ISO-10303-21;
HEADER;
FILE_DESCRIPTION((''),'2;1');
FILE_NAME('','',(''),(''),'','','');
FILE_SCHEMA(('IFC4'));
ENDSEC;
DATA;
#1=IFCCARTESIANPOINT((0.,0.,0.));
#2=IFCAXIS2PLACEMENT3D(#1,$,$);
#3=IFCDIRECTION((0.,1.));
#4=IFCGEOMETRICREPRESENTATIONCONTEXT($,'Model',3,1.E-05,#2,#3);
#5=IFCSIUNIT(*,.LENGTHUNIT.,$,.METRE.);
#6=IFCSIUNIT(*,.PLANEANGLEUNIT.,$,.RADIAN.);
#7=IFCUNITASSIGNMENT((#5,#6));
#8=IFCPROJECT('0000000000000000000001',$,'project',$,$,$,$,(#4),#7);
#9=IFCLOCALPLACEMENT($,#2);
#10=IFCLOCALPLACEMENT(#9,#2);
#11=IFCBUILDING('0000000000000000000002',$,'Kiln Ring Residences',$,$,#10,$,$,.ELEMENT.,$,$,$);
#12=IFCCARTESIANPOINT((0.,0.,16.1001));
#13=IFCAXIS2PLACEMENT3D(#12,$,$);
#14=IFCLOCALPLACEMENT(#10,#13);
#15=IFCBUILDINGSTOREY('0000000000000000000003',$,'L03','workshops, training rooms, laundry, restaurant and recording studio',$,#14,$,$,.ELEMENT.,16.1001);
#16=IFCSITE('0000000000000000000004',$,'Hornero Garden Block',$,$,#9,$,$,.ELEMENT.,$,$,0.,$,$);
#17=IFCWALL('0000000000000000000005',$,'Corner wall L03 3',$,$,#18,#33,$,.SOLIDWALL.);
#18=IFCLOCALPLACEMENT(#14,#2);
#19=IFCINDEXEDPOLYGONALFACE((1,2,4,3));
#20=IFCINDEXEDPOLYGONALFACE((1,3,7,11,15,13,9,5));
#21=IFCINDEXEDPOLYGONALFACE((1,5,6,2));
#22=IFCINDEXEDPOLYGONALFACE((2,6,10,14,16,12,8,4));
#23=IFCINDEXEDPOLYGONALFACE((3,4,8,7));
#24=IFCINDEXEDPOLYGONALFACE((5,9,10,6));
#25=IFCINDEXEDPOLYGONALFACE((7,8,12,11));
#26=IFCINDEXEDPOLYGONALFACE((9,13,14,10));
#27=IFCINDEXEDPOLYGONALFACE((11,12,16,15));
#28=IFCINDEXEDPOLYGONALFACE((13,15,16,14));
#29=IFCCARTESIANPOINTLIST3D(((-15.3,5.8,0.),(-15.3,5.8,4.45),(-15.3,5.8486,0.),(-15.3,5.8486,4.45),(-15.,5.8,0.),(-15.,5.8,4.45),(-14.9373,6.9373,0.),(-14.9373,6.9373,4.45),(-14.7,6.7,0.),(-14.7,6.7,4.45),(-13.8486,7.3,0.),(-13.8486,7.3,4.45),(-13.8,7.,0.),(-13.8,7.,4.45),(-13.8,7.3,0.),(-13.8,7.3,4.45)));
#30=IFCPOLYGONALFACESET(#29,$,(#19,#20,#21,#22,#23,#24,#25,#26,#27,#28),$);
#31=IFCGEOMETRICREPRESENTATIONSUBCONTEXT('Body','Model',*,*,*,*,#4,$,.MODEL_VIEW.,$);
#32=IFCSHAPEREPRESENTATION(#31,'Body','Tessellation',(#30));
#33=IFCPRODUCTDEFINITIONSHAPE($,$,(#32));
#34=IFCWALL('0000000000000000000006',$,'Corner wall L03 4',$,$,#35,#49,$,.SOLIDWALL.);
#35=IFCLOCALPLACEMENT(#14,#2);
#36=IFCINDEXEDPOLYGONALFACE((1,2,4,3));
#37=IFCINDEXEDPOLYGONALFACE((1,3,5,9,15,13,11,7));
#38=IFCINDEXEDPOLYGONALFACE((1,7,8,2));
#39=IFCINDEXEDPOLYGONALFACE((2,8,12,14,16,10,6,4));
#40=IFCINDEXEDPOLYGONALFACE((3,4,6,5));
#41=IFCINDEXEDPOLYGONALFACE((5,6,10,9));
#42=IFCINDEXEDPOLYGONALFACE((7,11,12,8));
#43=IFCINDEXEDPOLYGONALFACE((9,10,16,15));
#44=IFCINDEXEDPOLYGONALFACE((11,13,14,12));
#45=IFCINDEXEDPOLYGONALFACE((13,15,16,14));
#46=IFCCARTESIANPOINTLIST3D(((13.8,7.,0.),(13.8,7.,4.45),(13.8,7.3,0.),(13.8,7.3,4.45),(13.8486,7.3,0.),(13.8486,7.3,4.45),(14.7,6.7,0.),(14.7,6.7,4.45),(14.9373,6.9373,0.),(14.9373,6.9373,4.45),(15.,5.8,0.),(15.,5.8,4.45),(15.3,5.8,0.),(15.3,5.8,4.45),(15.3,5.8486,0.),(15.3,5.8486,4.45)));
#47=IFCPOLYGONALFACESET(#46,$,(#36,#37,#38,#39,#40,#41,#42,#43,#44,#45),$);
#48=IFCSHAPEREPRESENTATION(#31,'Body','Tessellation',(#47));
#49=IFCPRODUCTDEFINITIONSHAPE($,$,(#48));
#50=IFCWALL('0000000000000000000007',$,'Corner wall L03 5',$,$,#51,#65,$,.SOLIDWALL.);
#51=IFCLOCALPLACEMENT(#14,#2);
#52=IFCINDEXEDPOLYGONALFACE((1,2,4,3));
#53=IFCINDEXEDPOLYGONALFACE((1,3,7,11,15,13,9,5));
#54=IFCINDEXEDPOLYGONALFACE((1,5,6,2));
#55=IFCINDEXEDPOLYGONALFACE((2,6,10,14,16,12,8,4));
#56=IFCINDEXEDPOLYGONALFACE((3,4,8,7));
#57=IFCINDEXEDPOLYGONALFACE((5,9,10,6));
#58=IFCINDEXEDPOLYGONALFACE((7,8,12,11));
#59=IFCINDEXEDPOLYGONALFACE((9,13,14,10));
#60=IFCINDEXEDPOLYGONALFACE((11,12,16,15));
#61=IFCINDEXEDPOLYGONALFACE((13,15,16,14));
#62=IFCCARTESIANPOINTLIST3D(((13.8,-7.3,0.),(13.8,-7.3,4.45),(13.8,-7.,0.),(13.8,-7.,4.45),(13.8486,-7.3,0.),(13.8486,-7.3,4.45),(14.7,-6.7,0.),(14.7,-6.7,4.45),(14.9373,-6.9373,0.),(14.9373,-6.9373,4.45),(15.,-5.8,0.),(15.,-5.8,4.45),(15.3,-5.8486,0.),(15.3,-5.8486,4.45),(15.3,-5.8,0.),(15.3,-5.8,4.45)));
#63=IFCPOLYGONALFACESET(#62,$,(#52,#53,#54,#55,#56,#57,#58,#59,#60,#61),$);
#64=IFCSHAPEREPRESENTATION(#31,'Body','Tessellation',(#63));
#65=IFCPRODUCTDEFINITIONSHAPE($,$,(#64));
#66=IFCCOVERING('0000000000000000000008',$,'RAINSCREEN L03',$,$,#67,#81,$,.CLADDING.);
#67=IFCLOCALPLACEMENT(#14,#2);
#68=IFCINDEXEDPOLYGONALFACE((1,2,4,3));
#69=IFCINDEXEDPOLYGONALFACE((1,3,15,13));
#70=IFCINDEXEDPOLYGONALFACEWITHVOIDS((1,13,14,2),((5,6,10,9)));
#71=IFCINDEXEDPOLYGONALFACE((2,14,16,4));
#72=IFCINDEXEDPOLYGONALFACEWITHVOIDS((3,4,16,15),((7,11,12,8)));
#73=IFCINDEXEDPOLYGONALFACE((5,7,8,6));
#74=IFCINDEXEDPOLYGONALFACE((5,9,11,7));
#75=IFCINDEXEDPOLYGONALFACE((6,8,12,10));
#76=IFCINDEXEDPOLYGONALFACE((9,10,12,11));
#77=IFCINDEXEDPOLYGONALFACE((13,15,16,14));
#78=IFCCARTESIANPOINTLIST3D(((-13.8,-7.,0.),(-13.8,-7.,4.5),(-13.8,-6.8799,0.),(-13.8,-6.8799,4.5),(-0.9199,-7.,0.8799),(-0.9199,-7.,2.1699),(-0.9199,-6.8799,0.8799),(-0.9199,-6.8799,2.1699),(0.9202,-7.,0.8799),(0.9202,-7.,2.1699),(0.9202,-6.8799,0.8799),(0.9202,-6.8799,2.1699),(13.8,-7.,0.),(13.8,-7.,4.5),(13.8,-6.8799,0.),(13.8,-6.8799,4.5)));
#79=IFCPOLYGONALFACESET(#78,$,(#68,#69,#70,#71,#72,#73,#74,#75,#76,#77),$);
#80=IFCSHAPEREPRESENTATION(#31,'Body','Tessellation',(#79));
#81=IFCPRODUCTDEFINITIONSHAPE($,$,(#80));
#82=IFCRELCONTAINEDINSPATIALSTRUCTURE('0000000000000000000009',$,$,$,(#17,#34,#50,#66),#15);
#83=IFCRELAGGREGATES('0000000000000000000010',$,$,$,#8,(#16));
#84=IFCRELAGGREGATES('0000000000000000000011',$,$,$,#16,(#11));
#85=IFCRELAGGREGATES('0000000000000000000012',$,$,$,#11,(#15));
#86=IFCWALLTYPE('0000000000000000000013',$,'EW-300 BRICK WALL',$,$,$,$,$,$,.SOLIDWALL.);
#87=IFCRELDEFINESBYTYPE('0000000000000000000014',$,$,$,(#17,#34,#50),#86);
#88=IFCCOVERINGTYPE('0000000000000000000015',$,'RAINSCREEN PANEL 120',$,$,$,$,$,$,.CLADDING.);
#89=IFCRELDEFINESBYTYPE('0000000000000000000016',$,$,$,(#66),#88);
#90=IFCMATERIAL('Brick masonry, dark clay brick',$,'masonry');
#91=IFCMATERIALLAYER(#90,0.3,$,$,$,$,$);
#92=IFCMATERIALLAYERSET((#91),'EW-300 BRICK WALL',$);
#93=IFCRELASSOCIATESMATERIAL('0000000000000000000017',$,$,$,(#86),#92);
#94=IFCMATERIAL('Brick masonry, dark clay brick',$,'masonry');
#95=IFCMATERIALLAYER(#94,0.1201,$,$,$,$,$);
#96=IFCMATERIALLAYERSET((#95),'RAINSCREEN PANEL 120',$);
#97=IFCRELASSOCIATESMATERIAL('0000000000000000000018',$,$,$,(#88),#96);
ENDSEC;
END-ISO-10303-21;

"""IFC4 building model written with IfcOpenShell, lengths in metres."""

from ifc_helpers import new_model, si_unit, direction, frame, origin, place, context, subcontext, project, spatial, polyline, outline, extrude, material, layer, layer_set, type_object, element, save


model = new_model("IFC4")

# Units and contexts
model_context = context("Model", 3, precision=1e-05, world=origin(), true_north=direction((0.0, 1.0)))
body_context = subcontext(model_context, "Body", "Model", "MODEL_VIEW")
ifc_project = project(units=[si_unit("LENGTHUNIT", "METRE"), si_unit("PLANEANGLEUNIT", "RADIAN")], contexts=[model_context])

# Site, building, storey
site_placement = place(None, origin())
site = spatial("IfcSite", under=ifc_project, at=site_placement, Name="Hornero Garden Block", CompositionType="ELEMENT", RefElevation=0.0)
building_placement = place(site_placement, origin())
building = spatial("IfcBuilding", under=site, at=building_placement, Name="Kiln Ring Residences", CompositionType="ELEMENT")
storey_placement = place(building_placement, frame((0.0, 0.0, 16.1001)))
storey = spatial("IfcBuildingStorey", under=building, at=storey_placement, Name="L03", Description="workshops, training rooms, laundry, restaurant and recording studio", CompositionType="ELEMENT", Elevation=16.1001)

# Shared definitions
placement_1 = place(storey_placement, origin())

# Shared definitions
ifc_material_1 = material(Name="Brick masonry, dark clay brick", Category="masonry")
ifc_layer_1 = layer(ifc_material_1, 0.3)
ifc_layer_set_1 = layer_set([ifc_layer_1], Name="EW-300 BRICK WALL")
wall_type_1 = type_object("IfcWallType", Name="EW-300 BRICK WALL", PredefinedType="SOLIDWALL", material=ifc_layer_set_1)

# Walls
element("IfcWall", 1, at=placement_1, inside=storey, type_object=wall_type_1, Name="Corner wall L03 3", PredefinedType="SOLIDWALL", context=body_context, shape_type="SweptSolid", body=[
    extrude(outline(polyline([(-13.8486, 7.3), (-14.9373, 6.9373), (-15.3, 5.8486), (-15.3, 5.8), (-15.0, 5.8), (-14.7, 6.7), (-13.8, 7.0), (-13.8, 7.3), (-13.8486, 7.3)])), origin(), (0.0, 0.0, 1.0), 4.45),
])
element("IfcWall", 2, at=placement_1, inside=storey, type_object=wall_type_1, Name="Corner wall L03 4", PredefinedType="SOLIDWALL", context=body_context, shape_type="SweptSolid", body=[
    extrude(outline(polyline([(14.9373, 6.9373), (13.8486, 7.3), (13.8, 7.3), (13.8, 7.0), (14.7, 6.7), (15.0, 5.8), (15.3, 5.8), (15.3, 5.8486), (14.9373, 6.9373)])), origin(), (0.0, 0.0, 1.0), 4.45),
])
element("IfcWall", 3, at=placement_1, inside=storey, type_object=wall_type_1, Name="Corner wall L03 5", PredefinedType="SOLIDWALL", context=body_context, shape_type="SweptSolid", body=[
    extrude(outline(polyline([(14.9373, -6.9373), (15.3, -5.8486), (15.3, -5.8), (15.0, -5.8), (14.7, -6.7), (13.8, -7.0), (13.8, -7.3), (13.8486, -7.3), (14.9373, -6.9373)])), origin(), (0.0, 0.0, 1.0), 4.45),
])

# Covering
ifc_material_2 = material(Name="Brick masonry, dark clay brick", Category="masonry")
ifc_layer_2 = layer(ifc_material_2, 0.1201)
ifc_layer_set_2 = layer_set([ifc_layer_2], Name="RAINSCREEN PANEL 120")
covering_type = type_object("IfcCoveringType", Name="RAINSCREEN PANEL 120", PredefinedType="CLADDING", material=ifc_layer_set_2)
covering_placement = place(storey_placement, frame((13.8, -6.9399, 0.0), z_axis=(0.0, 0.0, 1.0), x_axis=(-1.0, 0.0, 0.0)))
element("IfcCovering", 4, at=covering_placement, inside=storey, type_object=covering_type, Name="RAINSCREEN L03", PredefinedType="CLADDING", context=body_context, shape_type="SweptSolid", body=[
    extrude(outline(polyline([(0.0, 0.0), (27.6001, 0.0), (27.6001, 4.5), (0.0, 4.5), (0.0, 0.0)]), holes=[polyline([(12.8799, 2.1699), (12.8799, 0.8799), (14.72, 0.8799), (14.72, 2.1699), (12.8799, 2.1699)])]), frame((0.0, 0.0601, 0.0), z_axis=(0.0, -1.0, 0.0), x_axis=(1.0, 0.0, 0.0)), (0.0, 0.0, 1.0), 0.1201),
])

save(model, "model.ifc")
